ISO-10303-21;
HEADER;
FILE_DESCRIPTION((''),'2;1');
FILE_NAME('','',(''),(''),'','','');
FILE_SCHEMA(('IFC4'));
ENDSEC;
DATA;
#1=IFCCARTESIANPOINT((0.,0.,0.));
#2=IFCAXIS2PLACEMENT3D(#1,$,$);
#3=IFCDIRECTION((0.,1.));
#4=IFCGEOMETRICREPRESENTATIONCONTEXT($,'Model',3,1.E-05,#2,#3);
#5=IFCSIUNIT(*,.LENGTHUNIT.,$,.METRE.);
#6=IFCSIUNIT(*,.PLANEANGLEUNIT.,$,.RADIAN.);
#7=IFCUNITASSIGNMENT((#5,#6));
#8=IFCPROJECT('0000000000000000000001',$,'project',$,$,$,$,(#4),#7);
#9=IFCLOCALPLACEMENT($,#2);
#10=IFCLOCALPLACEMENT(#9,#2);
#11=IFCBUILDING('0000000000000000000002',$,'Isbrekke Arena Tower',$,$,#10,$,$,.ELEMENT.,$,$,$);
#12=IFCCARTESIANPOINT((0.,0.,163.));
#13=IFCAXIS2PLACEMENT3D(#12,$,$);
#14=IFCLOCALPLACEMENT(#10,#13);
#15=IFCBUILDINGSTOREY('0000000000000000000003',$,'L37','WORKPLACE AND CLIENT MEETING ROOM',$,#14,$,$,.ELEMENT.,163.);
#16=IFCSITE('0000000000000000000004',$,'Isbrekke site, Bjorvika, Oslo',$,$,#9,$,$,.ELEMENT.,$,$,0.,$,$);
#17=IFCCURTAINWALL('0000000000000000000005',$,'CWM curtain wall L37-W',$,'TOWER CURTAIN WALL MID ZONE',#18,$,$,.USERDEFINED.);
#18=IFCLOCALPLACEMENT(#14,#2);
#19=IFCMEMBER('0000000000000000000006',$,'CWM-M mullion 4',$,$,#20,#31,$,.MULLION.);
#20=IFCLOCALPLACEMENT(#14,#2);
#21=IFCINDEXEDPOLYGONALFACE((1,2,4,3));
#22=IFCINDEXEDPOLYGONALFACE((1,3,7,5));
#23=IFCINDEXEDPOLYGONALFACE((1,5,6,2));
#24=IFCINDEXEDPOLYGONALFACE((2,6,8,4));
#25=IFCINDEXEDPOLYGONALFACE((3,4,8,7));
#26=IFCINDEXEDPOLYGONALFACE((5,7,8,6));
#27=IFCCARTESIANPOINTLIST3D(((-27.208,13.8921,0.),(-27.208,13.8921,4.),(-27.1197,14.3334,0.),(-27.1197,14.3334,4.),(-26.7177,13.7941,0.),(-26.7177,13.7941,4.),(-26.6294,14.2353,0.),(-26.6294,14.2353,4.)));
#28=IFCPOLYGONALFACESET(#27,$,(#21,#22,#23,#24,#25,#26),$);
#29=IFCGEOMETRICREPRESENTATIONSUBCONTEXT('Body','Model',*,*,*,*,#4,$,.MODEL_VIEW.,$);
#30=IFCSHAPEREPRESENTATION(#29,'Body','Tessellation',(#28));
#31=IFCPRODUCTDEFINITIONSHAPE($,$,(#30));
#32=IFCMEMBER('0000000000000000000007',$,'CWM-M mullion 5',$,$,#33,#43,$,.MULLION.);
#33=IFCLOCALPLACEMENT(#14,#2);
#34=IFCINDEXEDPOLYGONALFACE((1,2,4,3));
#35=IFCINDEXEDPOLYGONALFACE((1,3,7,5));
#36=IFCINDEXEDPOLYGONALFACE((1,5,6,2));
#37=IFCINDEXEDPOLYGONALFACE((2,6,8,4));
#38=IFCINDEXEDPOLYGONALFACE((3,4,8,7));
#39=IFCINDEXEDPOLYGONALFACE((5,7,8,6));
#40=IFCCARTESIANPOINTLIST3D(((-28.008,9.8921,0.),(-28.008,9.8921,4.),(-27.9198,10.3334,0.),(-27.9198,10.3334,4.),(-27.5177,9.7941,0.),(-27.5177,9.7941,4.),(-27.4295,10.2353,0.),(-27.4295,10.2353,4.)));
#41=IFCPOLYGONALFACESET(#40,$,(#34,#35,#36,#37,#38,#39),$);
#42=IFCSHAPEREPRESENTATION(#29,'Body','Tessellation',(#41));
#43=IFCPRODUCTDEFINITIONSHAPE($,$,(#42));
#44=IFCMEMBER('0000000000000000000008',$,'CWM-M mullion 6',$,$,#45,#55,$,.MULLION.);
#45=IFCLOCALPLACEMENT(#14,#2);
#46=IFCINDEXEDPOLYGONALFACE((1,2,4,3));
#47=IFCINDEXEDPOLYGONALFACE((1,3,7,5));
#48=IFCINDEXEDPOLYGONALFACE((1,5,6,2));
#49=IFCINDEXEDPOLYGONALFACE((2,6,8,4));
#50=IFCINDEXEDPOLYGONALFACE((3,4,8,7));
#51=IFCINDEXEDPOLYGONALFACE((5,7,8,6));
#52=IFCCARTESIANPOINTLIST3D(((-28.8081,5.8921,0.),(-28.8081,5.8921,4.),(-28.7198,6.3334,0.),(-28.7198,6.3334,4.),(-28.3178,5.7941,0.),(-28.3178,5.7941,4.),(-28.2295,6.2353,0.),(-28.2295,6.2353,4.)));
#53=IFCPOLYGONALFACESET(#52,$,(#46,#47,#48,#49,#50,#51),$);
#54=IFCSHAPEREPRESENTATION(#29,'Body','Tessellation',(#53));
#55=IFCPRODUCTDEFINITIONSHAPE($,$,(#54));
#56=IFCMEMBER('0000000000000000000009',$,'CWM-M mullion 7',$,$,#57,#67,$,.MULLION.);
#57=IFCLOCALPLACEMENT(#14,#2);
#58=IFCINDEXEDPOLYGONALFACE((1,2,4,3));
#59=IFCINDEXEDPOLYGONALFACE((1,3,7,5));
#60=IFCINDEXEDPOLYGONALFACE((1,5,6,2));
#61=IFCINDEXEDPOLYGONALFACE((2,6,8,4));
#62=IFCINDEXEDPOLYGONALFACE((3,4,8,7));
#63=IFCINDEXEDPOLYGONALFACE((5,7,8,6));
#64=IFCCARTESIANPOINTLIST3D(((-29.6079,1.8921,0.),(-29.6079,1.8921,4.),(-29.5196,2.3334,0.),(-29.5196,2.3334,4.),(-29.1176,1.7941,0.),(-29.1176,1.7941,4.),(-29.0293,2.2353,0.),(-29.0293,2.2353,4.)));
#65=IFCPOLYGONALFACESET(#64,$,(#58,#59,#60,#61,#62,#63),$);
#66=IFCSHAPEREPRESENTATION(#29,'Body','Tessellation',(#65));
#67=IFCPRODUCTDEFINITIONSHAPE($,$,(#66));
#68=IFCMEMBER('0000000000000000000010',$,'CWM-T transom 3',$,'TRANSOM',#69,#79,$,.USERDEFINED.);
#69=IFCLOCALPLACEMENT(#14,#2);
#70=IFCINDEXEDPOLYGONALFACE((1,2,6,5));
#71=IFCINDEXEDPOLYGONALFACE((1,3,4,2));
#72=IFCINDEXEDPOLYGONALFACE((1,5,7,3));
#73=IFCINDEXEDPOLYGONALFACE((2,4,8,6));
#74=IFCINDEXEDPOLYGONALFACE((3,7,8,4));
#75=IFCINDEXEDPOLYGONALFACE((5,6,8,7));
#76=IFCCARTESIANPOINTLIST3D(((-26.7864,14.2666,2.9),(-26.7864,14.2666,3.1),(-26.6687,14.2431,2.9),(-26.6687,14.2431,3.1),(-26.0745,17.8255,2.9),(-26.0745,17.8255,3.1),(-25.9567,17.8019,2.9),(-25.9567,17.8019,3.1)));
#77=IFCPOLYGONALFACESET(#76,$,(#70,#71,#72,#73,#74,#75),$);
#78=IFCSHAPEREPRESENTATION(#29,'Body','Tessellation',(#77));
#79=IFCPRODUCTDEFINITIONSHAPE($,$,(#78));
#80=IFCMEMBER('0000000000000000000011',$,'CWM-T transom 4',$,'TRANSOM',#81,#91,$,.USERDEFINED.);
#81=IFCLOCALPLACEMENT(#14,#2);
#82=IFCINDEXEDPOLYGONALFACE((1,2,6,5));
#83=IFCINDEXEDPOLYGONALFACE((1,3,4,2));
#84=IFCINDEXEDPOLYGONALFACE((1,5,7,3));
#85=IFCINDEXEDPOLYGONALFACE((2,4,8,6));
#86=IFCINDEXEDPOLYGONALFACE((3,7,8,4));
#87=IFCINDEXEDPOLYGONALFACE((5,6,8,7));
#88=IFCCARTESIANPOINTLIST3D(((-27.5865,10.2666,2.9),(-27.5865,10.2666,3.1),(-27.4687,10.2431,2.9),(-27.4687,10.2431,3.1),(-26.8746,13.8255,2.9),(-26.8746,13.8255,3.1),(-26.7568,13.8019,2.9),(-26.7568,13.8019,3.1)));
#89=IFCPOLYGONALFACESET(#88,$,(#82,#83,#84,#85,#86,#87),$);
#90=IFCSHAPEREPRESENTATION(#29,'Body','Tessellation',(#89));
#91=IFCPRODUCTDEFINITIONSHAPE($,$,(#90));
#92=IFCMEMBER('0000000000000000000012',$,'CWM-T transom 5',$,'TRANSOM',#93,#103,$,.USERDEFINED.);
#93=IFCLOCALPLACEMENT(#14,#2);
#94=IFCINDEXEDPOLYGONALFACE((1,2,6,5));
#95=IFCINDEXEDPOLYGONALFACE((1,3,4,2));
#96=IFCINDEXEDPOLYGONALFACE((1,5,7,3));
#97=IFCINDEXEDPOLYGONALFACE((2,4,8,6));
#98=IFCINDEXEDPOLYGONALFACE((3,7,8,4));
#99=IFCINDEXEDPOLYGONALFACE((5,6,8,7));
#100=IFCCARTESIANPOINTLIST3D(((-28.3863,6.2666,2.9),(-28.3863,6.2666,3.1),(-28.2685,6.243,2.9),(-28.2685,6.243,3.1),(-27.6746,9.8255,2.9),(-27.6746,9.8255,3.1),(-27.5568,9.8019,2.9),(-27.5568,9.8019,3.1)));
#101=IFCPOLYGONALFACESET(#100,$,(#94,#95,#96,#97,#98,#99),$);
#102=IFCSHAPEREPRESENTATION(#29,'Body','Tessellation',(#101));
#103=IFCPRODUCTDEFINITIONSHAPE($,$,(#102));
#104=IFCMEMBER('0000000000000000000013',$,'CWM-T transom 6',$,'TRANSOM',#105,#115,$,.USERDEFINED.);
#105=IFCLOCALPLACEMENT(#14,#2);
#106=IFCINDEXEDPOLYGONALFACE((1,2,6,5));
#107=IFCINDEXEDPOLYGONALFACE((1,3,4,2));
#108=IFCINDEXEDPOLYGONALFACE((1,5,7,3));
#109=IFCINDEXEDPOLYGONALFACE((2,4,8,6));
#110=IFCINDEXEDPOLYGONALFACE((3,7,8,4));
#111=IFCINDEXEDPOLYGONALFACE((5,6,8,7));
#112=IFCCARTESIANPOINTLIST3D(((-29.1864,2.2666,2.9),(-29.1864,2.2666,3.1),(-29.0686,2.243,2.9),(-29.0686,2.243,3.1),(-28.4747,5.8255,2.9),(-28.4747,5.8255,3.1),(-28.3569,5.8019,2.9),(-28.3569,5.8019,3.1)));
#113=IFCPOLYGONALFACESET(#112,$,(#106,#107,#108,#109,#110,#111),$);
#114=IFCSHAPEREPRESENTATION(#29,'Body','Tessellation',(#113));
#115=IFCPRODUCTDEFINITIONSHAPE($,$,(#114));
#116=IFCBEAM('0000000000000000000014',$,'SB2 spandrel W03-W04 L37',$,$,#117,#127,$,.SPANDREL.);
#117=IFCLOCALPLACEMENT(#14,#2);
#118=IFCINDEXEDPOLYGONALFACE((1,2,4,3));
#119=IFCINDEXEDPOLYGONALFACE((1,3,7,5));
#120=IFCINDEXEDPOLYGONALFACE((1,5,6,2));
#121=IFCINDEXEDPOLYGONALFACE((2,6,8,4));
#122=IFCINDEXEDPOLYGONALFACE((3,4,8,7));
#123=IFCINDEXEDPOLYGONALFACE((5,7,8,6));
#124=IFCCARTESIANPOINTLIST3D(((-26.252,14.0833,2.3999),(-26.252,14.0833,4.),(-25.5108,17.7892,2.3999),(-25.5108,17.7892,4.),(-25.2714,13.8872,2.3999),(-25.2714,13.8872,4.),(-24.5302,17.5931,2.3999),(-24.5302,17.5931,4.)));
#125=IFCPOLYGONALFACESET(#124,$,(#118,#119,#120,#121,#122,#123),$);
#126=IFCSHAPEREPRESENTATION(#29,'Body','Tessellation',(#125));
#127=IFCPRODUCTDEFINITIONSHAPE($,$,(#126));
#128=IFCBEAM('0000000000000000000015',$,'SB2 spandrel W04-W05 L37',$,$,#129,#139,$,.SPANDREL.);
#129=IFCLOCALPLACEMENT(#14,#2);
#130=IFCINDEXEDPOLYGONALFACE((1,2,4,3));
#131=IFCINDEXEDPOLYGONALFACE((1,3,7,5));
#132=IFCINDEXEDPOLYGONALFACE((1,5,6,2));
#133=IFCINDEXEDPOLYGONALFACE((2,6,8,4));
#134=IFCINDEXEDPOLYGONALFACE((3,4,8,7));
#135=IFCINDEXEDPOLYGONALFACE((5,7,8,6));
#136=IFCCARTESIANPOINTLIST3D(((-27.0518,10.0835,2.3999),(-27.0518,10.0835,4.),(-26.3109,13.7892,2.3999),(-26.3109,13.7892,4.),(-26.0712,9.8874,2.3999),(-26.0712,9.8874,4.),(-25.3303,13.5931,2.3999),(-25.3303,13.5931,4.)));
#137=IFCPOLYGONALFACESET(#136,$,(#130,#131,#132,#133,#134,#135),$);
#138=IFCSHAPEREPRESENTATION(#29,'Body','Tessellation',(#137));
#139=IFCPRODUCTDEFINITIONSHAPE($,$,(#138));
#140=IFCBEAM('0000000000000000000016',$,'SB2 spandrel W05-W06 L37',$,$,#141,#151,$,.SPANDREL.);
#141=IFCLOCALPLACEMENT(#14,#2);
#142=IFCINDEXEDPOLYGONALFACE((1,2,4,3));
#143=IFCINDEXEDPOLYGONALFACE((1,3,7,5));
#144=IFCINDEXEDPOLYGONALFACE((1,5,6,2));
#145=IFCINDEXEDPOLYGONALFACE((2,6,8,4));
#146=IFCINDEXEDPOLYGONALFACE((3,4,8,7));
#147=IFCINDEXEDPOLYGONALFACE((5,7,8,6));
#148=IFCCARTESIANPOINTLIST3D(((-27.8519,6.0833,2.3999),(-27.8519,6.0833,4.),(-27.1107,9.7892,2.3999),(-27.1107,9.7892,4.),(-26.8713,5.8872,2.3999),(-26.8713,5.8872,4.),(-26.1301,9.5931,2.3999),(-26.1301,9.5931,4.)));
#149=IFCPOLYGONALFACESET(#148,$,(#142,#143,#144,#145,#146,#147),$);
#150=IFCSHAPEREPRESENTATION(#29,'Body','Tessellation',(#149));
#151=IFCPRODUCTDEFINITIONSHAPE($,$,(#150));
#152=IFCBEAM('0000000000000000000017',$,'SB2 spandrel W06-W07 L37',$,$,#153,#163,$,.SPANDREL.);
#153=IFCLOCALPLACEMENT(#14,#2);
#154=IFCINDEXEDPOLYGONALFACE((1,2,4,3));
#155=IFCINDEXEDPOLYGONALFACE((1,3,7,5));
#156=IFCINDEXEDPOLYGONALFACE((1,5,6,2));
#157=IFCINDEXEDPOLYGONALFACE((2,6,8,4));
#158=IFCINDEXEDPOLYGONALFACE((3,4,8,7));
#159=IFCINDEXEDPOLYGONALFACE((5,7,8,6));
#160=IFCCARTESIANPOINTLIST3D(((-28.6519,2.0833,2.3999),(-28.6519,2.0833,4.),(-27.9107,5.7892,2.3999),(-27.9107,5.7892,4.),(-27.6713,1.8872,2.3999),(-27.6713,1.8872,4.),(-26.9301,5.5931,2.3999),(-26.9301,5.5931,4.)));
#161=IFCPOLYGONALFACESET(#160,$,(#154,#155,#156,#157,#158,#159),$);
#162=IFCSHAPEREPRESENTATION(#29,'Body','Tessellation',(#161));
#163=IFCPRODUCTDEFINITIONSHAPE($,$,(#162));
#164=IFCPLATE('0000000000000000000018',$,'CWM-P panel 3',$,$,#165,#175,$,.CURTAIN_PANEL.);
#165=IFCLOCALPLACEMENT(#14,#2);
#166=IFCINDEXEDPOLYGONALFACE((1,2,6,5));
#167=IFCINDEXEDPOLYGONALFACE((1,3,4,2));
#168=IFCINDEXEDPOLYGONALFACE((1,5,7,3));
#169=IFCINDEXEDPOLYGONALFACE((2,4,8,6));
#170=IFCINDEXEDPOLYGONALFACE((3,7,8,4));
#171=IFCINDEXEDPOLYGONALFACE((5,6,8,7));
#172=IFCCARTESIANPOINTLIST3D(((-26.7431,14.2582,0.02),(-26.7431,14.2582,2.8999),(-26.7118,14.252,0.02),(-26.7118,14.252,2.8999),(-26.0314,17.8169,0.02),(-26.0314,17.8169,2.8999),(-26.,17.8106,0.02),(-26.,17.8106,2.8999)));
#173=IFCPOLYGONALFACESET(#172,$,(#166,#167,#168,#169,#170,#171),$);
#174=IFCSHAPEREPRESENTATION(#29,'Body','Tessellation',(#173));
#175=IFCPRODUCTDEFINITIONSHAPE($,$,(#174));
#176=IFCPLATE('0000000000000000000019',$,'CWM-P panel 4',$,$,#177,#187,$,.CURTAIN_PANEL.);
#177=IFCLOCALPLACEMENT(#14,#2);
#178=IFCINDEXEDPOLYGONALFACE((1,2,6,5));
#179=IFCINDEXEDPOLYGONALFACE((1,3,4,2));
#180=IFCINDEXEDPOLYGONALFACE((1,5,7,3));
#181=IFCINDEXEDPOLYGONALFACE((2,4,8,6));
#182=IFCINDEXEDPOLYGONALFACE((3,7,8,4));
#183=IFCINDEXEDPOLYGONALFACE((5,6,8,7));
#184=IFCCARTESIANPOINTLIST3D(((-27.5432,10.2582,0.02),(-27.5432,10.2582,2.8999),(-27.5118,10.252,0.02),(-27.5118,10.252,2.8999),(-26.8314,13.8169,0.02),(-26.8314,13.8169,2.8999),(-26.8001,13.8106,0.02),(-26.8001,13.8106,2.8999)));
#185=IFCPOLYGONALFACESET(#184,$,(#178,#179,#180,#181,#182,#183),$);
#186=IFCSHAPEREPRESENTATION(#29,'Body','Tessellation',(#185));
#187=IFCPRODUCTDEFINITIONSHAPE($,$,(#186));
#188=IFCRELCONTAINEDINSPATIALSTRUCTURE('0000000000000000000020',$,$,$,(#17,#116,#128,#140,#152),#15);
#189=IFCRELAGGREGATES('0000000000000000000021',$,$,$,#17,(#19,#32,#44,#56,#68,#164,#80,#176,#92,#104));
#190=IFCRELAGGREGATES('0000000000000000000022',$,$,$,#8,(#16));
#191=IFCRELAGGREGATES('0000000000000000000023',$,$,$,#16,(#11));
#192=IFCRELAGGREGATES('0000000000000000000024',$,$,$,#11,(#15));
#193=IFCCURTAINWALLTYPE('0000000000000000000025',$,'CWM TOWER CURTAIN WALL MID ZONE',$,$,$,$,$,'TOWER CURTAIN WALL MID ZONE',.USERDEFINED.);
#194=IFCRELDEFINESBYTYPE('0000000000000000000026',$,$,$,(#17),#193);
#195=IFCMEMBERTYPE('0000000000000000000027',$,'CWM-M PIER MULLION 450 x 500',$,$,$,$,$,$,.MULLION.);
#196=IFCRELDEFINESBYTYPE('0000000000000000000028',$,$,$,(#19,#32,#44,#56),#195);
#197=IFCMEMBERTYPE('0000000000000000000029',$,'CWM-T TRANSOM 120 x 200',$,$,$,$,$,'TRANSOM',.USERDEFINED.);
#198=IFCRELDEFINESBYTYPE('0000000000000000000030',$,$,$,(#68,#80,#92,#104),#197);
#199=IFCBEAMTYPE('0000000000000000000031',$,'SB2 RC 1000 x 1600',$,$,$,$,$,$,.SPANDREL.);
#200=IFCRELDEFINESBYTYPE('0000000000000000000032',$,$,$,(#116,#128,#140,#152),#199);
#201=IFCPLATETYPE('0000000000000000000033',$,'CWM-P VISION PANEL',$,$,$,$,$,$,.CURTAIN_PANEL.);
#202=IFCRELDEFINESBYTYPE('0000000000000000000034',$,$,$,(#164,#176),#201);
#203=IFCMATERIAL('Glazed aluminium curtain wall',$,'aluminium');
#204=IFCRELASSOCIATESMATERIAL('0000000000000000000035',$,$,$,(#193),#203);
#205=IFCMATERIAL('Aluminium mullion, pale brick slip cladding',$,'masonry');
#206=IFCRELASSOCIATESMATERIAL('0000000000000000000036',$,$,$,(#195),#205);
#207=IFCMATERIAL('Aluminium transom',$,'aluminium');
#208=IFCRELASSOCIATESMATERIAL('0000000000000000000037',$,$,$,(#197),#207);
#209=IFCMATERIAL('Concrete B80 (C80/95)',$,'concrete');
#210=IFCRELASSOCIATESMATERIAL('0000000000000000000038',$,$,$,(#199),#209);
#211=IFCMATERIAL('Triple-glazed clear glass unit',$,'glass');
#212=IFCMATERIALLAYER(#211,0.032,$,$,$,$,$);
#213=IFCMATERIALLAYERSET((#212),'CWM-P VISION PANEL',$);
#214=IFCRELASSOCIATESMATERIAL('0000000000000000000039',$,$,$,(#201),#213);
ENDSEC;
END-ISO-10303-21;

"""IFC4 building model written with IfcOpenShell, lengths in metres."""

from ifc_helpers import new_model, si_unit, direction, frame, origin, origin_2d, place, context, subcontext, project, spatial, rectangle, extrude, material, layer, layer_set, material_profile, profile_set, type_object, element, aggregate, save


model = new_model("IFC4")

# Units and contexts
model_context = context("Model", 3, precision=1e-05, world=origin(), true_north=direction((0.0, 1.0)))
body_context = subcontext(model_context, "Body", "Model", "MODEL_VIEW")
ifc_project = project(units=[si_unit("LENGTHUNIT", "METRE"), si_unit("PLANEANGLEUNIT", "RADIAN")], contexts=[model_context])

# Site, building, storey
site_placement = place(None, origin())
site = spatial("IfcSite", under=ifc_project, at=site_placement, Name="Isbrekke site, Bjorvika, Oslo", CompositionType="ELEMENT", RefElevation=0.0)
building_placement = place(site_placement, origin())
building = spatial("IfcBuilding", under=site, at=building_placement, Name="Isbrekke Arena Tower", CompositionType="ELEMENT")
storey_placement = place(building_placement, frame((0.0, 0.0, 163.0)))
storey = spatial("IfcBuildingStorey", under=building, at=storey_placement, Name="L37", Description="WORKPLACE AND CLIENT MEETING ROOM", CompositionType="ELEMENT", Elevation=163.0)

# Curtain wall, members
ifc_material_1 = material(Name="Glazed aluminium curtain wall", Category="aluminium")
curtain_wall_type = type_object("IfcCurtainWallType", Name="CWM TOWER CURTAIN WALL MID ZONE", ElementType="TOWER CURTAIN WALL MID ZONE", PredefinedType="USERDEFINED", material=ifc_material_1)
curtain_wall_placement = place(storey_placement, origin())
curtain_wall = element("IfcCurtainWall", 1, at=curtain_wall_placement, inside=storey, type_object=curtain_wall_type, Name="CWM curtain wall L37-W", ObjectType="TOWER CURTAIN WALL MID ZONE", PredefinedType="USERDEFINED")
ifc_material_2 = material(Name="Aluminium mullion, pale brick slip cladding", Category="masonry")
ifc_material_profile_1 = material_profile(ifc_material_2, rectangle(XDim=0.45, YDim=0.5, at=origin_2d()), Name="PIER 450X500")
ifc_profile_set_1 = profile_set([ifc_material_profile_1], Name="Aluminium mullion, pale brick slip cladding")
member_type_1 = type_object("IfcMemberType", Name="CWM-M PIER MULLION 450 x 500", PredefinedType="MULLION", material=ifc_profile_set_1)
member_1_placement = place(storey_placement, frame((-26.9187, 14.0637, 0.0), z_axis=(0.0, 0.0, 1.0), x_axis=(-0.196116, -0.980581, 0.0)))
member_1 = element("IfcMember", 2, at=member_1_placement, type_object=member_type_1, Name="CWM-M mullion 4", PredefinedType="MULLION", context=body_context, shape_type="SweptSolid", body=[
    extrude(rectangle(XDim=0.45, YDim=0.5, at=origin_2d()), origin(), (0.0, 0.0, 1.0), 4.0),
])
member_2_placement = place(storey_placement, frame((-27.7188, 10.0637, 0.0), z_axis=(0.0, 0.0, 1.0), x_axis=(-0.196116, -0.980581, 0.0)))
member_2 = element("IfcMember", 3, at=member_2_placement, type_object=member_type_1, Name="CWM-M mullion 5", PredefinedType="MULLION", context=body_context, shape_type="SweptSolid", body=[
    extrude(rectangle(XDim=0.45, YDim=0.5, at=origin_2d()), origin(), (0.0, 0.0, 1.0), 4.0),
])
member_3_placement = place(storey_placement, frame((-28.5188, 6.0637, 0.0), z_axis=(0.0, 0.0, 1.0), x_axis=(-0.196116, -0.980581, 0.0)))
member_3 = element("IfcMember", 4, at=member_3_placement, type_object=member_type_1, Name="CWM-M mullion 6", PredefinedType="MULLION", context=body_context, shape_type="SweptSolid", body=[
    extrude(rectangle(XDim=0.45, YDim=0.5, at=origin_2d()), origin(), (0.0, 0.0, 1.0), 4.0),
])
member_4_placement = place(storey_placement, frame((-29.3186, 2.0637, 0.0), z_axis=(0.0, 0.0, 1.0), x_axis=(-0.196116, -0.980581, 0.0)))
member_4 = element("IfcMember", 5, at=member_4_placement, type_object=member_type_1, Name="CWM-M mullion 7", PredefinedType="MULLION", context=body_context, shape_type="SweptSolid", body=[
    extrude(rectangle(XDim=0.45, YDim=0.5, at=origin_2d()), origin(), (0.0, 0.0, 1.0), 4.0),
])
ifc_material_3 = material(Name="Aluminium transom", Category="aluminium")
ifc_material_profile_2 = material_profile(ifc_material_3, rectangle(XDim=0.1201, YDim=0.2, at=origin_2d()), Name="TRANSOM 120X200")
ifc_profile_set_2 = profile_set([ifc_material_profile_2], Name="Aluminium transom")
member_type_2 = type_object("IfcMemberType", Name="CWM-T TRANSOM 120 x 200", ElementType="TRANSOM", PredefinedType="USERDEFINED", material=ifc_profile_set_2)
member_5_placement = place(storey_placement, frame((-26.0156, 17.8137, 3.0), z_axis=(-0.196155, -0.980573, 0.0), x_axis=(0.980573, -0.196155, 0.0)))
member_5 = element("IfcMember", 6, at=member_5_placement, type_object=member_type_2, Name="CWM-T transom 3", ObjectType="TRANSOM", PredefinedType="USERDEFINED", context=body_context, shape_type="SweptSolid", body=[
    extrude(rectangle(XDim=0.1201, YDim=0.2, at=origin_2d()), origin(), (0.0, 0.0, 1.0), 3.6294),
])
member_6_placement = place(storey_placement, frame((-26.8157, 13.8137, 3.0), z_axis=(-0.196155, -0.980573, 0.0), x_axis=(0.980573, -0.196155, 0.0)))
member_6 = element("IfcMember", 7, at=member_6_placement, type_object=member_type_2, Name="CWM-T transom 4", ObjectType="TRANSOM", PredefinedType="USERDEFINED", context=body_context, shape_type="SweptSolid", body=[
    extrude(rectangle(XDim=0.1201, YDim=0.2, at=origin_2d()), origin(), (0.0, 0.0, 1.0), 3.6294),
])
member_7_placement = place(storey_placement, frame((-27.6157, 9.8137, 3.0), z_axis=(-0.19609, -0.980586, 0.0), x_axis=(0.980586, -0.19609, 0.0)))
member_7 = element("IfcMember", 8, at=member_7_placement, type_object=member_type_2, Name="CWM-T transom 5", ObjectType="TRANSOM", PredefinedType="USERDEFINED", context=body_context, shape_type="SweptSolid", body=[
    extrude(rectangle(XDim=0.1201, YDim=0.2, at=origin_2d()), origin(), (0.0, 0.0, 1.0), 3.6294),
])
member_8_placement = place(storey_placement, frame((-28.4158, 5.8137, 3.0), z_axis=(-0.19609, -0.980586, 0.0), x_axis=(0.980586, -0.19609, 0.0)))
member_8 = element("IfcMember", 9, at=member_8_placement, type_object=member_type_2, Name="CWM-T transom 6", ObjectType="TRANSOM", PredefinedType="USERDEFINED", context=body_context, shape_type="SweptSolid", body=[
    extrude(rectangle(XDim=0.1201, YDim=0.2, at=origin_2d()), origin(), (0.0, 0.0, 1.0), 3.6294),
])

# Beams
ifc_material_4 = material(Name="Concrete B80 (C80/95)", Category="concrete")
ifc_material_profile_3 = material_profile(ifc_material_4, rectangle(XDim=1.0, YDim=1.6001, at=origin_2d()), Name="RC 1000x1600")
ifc_profile_set_3 = profile_set([ifc_material_profile_3], Name="Concrete B80 (C80/95)")
beam_type_1 = type_object("IfcBeamType", Name="SB2 RC 1000 x 1600", PredefinedType="SPANDREL", material=ifc_profile_set_3)
beam_1_placement = place(storey_placement, frame((-25.0205, 17.6912, 3.2), z_axis=(-0.196129, -0.980578, 0.0), x_axis=(0.980578, -0.196129, 0.0)))
element("IfcBeam", 10, at=beam_1_placement, inside=storey, type_object=beam_type_1, Name="SB2 spandrel W03-W04 L37", PredefinedType="SPANDREL", context=body_context, shape_type="SweptSolid", body=[
    extrude(rectangle(XDim=1.0, YDim=1.6001, at=origin_2d()), origin(), (0.0, 0.0, 1.0), 3.7793),
])
beam_2_placement = place(storey_placement, frame((-25.8206, 13.6912, 3.2), z_axis=(-0.196066, -0.980591, 0.0), x_axis=(0.980591, -0.196066, 0.0)))
element("IfcBeam", 11, at=beam_2_placement, inside=storey, type_object=beam_type_1, Name="SB2 spandrel W04-W05 L37", PredefinedType="SPANDREL", context=body_context, shape_type="SweptSolid", body=[
    extrude(rectangle(XDim=1.0, YDim=1.6001, at=origin_2d()), origin(), (0.0, 0.0, 1.0), 3.7791),
])
for number, where, z_axis, x_axis, name in (
    (12, (-26.6204, 9.6912, 3.2), (-0.196129, -0.980578, 0.0), (0.980578, -0.196129, 0.0), "SB2 spandrel W05-W06 L37"),
    (13, (-27.4204, 5.6912, 3.2), (-0.196129, -0.980578, 0.0), (0.980578, -0.196129, 0.0), "SB2 spandrel W06-W07 L37"),
):
    element("IfcBeam", number, at=place(storey_placement, frame(where, z_axis=z_axis, x_axis=x_axis)), inside=storey, type_object=beam_type_1, Name=name, PredefinedType="SPANDREL", context=body_context, shape_type="SweptSolid", body=[
        extrude(rectangle(XDim=1.0, YDim=1.6001, at=origin_2d()), origin(), (0.0, 0.0, 1.0), 3.7793),
    ])

# Plates
ifc_material_5 = material(Name="Triple-glazed clear glass unit", Category="glass")
ifc_layer_1 = layer(ifc_material_5, 0.032)
ifc_layer_set_1 = layer_set([ifc_layer_1], Name="CWM-P VISION PANEL")
plate_type = type_object("IfcPlateType", Name="CWM-P VISION PANEL", PredefinedType="CURTAIN_PANEL", material=ifc_layer_set_1)
plate_1_placement = place(storey_placement, frame((-26.3716, 16.0344, 0.02), z_axis=(0.0, 0.0, 1.0), x_axis=(-0.196116, -0.980581, 0.0)))
plate_1 = element("IfcPlate", 14, at=plate_1_placement, type_object=plate_type, Name="CWM-P panel 3", PredefinedType="CURTAIN_PANEL", context=body_context, shape_type="SweptSolid", body=[
    extrude(rectangle(XDim=3.6292, YDim=0.032, at=origin_2d()), origin(), (0.0, 0.0, 1.0), 2.8799),
])
plate_2_placement = place(storey_placement, frame((-27.1716, 12.0344, 0.02), z_axis=(0.0, 0.0, 1.0), x_axis=(-0.196116, -0.980581, 0.0)))
plate_2 = element("IfcPlate", 15, at=plate_2_placement, type_object=plate_type, Name="CWM-P panel 4", PredefinedType="CURTAIN_PANEL", context=body_context, shape_type="SweptSolid", body=[
    extrude(rectangle(XDim=3.6292, YDim=0.032, at=origin_2d()), origin(), (0.0, 0.0, 1.0), 2.8799),
])
aggregate(curtain_wall, [member_1, member_2, member_3, member_4, member_5, plate_1, member_6, plate_2, member_7, member_8])

save(model, "model.ifc")
